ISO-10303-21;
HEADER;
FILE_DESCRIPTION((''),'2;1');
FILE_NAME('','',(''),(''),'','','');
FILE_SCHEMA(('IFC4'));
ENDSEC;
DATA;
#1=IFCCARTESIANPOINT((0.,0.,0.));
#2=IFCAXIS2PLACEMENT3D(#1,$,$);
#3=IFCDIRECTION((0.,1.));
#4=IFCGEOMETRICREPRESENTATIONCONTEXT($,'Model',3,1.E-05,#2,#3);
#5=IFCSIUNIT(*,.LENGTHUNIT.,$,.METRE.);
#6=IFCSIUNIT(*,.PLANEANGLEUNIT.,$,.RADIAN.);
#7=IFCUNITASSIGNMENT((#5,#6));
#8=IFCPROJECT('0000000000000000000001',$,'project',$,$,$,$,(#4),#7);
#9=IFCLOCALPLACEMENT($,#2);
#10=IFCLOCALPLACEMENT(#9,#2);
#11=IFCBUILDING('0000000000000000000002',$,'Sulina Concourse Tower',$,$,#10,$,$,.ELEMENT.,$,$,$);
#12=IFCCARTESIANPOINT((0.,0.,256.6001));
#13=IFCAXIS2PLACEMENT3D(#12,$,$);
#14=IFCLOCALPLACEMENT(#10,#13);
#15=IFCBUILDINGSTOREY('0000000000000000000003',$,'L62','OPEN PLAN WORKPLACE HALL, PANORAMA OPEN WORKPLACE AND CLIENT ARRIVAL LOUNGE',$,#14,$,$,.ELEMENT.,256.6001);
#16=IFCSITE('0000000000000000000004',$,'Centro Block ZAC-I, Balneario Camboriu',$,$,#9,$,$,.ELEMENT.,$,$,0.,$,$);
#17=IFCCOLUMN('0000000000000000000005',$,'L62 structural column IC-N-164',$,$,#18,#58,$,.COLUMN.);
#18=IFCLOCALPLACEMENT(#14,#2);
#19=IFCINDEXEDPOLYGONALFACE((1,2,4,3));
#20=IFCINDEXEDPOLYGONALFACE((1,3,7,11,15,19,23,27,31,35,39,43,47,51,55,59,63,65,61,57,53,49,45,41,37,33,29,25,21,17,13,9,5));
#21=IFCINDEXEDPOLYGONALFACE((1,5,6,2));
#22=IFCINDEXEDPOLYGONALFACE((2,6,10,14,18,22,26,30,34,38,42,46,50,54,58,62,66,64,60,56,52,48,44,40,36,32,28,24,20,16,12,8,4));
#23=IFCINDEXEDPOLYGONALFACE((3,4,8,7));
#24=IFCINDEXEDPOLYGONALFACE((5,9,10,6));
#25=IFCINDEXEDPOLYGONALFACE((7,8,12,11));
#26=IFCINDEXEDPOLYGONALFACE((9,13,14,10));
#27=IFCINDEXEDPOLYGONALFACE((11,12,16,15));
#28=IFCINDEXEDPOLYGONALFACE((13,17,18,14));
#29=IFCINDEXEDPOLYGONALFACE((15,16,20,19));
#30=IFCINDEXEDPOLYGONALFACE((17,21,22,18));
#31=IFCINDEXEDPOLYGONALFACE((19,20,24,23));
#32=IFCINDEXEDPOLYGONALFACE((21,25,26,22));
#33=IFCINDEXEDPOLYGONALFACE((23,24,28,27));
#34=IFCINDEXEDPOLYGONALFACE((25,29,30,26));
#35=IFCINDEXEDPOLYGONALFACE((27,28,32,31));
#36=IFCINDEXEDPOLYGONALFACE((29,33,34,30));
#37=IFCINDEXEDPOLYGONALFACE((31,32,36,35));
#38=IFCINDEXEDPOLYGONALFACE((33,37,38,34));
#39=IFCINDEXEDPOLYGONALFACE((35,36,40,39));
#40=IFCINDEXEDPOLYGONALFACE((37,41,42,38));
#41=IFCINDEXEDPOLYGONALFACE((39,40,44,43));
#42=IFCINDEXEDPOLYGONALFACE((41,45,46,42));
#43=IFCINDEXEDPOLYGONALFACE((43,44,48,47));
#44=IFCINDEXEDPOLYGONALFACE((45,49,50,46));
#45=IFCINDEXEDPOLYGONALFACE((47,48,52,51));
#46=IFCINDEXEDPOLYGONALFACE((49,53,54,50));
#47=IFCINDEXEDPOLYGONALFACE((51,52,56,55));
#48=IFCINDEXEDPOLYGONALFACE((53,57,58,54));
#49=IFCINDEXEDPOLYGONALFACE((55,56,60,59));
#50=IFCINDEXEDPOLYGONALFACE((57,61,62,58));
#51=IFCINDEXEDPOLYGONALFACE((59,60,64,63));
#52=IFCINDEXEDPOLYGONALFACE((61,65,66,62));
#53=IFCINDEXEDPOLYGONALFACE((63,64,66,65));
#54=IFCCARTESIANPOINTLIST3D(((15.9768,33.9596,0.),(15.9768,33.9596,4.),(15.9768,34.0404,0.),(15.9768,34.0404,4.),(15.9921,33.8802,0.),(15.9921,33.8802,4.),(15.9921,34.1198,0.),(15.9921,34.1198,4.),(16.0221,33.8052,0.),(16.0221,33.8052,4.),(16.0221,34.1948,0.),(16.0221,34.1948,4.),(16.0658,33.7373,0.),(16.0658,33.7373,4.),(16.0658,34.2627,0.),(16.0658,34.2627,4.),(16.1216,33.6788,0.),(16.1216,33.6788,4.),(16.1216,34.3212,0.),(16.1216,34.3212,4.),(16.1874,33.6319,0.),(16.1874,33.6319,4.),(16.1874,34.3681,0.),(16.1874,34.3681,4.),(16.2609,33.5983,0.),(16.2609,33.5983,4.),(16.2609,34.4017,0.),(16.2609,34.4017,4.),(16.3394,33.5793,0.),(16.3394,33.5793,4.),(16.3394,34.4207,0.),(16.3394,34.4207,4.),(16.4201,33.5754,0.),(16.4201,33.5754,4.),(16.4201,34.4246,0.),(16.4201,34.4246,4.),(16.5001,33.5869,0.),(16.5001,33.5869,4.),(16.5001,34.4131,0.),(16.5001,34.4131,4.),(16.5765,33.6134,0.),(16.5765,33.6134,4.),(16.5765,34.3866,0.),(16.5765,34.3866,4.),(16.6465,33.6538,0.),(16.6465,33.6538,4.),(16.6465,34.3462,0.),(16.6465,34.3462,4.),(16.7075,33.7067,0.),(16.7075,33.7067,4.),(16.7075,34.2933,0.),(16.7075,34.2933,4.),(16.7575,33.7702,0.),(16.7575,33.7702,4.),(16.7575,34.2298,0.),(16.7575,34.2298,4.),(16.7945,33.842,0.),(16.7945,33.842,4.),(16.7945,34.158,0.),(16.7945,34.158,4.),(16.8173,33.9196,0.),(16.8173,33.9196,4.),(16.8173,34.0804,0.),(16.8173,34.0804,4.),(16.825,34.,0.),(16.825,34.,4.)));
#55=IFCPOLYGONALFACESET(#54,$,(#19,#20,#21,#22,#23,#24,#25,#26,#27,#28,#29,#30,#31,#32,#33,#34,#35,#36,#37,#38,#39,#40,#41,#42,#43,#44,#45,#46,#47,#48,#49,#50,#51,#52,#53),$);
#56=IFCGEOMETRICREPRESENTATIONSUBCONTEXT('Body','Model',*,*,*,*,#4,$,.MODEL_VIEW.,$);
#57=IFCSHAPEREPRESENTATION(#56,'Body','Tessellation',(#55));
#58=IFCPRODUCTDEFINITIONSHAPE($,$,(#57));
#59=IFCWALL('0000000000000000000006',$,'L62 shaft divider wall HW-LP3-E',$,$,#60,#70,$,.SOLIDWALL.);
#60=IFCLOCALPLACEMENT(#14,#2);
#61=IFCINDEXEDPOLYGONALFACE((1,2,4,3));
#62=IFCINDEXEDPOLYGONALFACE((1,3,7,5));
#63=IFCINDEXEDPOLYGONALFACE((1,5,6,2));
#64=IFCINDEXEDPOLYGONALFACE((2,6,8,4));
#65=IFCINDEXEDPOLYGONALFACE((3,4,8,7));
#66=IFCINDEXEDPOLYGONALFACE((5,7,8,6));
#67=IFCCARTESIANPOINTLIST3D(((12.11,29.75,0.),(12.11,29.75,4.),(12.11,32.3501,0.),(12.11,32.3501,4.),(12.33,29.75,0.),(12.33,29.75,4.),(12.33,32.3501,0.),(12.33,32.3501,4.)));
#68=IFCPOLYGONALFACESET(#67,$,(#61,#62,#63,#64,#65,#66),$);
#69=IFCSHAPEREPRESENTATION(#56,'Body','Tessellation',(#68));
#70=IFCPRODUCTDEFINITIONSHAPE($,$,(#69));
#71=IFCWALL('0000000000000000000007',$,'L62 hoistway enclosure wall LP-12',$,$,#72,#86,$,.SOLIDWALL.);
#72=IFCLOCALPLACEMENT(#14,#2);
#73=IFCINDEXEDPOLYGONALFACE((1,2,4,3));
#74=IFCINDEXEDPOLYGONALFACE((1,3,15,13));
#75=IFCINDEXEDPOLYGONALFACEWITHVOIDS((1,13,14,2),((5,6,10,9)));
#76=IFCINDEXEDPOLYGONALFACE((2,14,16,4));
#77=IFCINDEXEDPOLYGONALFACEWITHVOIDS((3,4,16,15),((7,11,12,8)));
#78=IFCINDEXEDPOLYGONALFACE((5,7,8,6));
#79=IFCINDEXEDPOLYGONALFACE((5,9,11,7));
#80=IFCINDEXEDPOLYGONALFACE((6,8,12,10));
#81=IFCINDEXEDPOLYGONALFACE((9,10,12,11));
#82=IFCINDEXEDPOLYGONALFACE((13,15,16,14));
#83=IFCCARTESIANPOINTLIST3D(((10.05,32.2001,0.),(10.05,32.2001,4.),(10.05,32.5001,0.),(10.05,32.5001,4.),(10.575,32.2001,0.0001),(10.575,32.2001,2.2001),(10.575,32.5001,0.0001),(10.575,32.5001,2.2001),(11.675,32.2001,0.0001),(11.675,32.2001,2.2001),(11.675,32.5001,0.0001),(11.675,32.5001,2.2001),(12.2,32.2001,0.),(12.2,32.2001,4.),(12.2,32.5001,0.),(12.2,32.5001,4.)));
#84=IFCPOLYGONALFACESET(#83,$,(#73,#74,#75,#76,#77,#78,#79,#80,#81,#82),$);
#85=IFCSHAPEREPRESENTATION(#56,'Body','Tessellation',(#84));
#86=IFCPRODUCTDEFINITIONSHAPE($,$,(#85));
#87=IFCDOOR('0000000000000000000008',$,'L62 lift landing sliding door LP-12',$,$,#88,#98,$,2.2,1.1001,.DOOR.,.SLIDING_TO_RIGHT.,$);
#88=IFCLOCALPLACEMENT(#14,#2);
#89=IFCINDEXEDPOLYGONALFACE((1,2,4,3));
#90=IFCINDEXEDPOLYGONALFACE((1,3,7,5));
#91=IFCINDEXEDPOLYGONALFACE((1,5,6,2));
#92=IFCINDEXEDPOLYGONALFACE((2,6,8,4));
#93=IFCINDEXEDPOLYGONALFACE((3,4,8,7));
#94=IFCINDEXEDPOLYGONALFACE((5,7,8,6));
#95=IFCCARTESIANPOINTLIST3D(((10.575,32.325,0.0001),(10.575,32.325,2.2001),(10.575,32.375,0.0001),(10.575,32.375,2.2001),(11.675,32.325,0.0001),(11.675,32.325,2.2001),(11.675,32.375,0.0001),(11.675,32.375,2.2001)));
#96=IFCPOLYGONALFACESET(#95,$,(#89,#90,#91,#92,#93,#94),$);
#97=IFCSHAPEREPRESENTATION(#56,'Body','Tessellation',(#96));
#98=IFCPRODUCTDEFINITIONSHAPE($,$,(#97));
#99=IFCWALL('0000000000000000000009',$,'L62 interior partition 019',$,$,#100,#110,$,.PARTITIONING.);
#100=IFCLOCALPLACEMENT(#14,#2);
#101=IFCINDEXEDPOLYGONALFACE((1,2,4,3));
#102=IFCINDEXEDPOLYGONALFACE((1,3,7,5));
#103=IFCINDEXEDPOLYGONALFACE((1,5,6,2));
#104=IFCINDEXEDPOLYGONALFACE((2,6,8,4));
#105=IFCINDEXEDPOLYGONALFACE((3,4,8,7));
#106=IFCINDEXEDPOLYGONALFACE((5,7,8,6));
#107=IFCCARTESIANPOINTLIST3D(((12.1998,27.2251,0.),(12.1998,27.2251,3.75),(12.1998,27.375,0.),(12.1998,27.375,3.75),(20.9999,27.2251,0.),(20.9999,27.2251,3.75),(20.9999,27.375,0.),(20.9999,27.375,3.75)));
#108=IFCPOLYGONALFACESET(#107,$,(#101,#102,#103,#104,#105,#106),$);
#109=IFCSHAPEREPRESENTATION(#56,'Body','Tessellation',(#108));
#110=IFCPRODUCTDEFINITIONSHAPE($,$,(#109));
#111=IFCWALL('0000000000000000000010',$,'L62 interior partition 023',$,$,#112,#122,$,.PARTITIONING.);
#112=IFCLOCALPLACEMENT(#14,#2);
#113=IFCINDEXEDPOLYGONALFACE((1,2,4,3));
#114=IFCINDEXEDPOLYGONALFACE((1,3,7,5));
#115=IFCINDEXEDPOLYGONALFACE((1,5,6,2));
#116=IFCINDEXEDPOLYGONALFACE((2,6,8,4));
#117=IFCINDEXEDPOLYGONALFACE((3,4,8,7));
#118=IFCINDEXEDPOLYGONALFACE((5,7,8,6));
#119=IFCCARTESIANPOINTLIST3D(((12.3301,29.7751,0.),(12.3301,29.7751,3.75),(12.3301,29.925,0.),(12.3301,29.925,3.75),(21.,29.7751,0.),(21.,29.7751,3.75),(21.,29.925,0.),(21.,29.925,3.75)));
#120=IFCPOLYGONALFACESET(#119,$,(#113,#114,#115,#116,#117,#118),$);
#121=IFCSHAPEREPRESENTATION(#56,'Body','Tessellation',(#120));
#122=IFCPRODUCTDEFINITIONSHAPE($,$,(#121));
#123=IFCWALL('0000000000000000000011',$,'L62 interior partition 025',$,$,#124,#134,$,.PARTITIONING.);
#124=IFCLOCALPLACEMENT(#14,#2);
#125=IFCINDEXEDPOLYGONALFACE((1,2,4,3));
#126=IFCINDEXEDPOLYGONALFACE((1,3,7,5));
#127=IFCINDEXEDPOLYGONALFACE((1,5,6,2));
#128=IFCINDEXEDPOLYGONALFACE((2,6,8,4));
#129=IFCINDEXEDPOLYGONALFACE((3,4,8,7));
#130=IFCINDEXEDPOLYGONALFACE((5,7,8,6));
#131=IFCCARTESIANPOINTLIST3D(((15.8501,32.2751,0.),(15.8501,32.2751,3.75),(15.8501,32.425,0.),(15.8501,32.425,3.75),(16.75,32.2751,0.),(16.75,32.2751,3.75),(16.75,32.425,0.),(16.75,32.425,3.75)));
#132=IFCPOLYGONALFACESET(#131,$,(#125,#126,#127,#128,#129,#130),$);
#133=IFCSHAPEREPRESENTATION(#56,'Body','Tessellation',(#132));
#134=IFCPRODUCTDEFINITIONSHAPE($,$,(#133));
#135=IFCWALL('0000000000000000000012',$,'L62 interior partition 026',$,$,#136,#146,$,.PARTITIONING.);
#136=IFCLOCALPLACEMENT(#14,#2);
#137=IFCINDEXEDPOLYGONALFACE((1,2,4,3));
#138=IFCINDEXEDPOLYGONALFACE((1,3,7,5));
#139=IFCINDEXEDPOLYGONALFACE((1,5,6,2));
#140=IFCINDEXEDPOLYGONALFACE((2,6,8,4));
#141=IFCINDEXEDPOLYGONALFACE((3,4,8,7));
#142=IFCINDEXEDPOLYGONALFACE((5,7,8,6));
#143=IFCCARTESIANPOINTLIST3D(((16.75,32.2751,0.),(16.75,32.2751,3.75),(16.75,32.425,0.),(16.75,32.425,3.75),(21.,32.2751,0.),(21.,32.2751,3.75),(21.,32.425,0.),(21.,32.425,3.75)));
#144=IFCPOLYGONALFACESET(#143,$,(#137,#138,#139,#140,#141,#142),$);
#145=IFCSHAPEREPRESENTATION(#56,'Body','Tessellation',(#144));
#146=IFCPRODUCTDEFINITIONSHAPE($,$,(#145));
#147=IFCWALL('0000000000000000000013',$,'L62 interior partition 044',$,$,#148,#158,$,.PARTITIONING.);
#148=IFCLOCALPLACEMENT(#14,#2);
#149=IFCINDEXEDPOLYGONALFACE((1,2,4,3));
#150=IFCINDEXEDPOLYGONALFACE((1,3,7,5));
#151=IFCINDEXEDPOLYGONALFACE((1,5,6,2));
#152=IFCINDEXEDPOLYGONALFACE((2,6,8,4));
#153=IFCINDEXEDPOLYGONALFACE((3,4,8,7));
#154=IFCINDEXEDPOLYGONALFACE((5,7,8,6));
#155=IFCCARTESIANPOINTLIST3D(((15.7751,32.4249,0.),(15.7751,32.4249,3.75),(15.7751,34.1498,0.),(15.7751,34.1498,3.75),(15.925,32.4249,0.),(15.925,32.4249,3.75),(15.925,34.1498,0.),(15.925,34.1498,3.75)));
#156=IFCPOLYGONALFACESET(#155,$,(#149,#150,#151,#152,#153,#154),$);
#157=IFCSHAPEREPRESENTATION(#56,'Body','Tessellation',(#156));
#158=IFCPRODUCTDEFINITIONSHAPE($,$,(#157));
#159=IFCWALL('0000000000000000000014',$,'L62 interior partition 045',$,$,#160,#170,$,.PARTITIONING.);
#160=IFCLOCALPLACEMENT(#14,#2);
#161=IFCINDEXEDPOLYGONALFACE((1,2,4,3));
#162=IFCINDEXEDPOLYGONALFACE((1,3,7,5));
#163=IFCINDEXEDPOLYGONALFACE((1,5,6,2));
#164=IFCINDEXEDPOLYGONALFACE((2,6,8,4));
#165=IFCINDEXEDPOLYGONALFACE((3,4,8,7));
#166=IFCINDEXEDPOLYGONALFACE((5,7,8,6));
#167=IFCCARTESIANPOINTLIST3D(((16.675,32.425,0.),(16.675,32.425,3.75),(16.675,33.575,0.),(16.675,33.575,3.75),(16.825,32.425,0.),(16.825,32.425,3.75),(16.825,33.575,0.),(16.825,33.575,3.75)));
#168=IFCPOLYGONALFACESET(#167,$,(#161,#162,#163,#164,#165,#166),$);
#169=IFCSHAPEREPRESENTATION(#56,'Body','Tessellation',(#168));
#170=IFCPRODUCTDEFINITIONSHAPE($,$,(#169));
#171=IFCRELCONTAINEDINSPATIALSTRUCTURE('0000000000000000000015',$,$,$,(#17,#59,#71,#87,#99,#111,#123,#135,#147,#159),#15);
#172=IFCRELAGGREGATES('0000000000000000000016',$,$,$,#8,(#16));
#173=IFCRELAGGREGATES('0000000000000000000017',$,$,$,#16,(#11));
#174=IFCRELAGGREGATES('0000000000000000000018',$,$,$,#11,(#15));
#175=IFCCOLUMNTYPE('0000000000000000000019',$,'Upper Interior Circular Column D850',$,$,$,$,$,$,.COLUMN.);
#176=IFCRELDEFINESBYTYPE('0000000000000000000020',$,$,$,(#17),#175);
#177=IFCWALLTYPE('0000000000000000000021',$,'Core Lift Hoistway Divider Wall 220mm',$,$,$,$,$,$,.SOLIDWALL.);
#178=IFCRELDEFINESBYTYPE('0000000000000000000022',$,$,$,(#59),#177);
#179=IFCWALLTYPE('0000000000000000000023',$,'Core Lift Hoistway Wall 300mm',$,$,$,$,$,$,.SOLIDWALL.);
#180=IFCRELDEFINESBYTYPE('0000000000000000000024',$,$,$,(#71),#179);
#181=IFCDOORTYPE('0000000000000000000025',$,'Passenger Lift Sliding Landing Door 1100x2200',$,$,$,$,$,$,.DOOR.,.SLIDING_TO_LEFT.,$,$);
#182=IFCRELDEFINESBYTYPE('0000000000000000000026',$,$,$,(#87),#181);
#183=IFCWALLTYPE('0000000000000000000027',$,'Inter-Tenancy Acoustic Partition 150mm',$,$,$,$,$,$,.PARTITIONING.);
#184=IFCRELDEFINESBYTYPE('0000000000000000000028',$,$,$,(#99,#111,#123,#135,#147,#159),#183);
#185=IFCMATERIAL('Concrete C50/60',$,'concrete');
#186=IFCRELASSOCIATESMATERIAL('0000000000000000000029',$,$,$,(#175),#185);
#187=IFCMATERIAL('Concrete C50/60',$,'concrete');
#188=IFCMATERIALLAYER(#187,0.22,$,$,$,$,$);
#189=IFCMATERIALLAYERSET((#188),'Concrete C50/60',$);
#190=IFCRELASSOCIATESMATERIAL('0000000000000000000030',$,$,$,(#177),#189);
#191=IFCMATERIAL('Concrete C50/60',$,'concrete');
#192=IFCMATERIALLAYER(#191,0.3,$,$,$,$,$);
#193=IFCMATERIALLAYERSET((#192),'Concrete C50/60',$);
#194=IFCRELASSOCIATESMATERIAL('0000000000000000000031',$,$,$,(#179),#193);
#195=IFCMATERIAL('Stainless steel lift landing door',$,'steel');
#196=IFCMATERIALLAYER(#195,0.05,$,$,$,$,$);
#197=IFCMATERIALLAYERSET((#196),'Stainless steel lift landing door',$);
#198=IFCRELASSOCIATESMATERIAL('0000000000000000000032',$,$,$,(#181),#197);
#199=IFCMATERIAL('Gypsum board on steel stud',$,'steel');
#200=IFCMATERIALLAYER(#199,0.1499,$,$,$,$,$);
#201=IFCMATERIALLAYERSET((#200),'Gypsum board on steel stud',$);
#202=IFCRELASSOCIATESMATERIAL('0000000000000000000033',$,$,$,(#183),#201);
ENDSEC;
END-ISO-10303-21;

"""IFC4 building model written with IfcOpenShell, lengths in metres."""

from ifc_helpers import new_model, si_unit, direction, frame, frame_2d, origin, origin_2d, place, context, subcontext, project, spatial, rectangle, circle, extrude, material, layer, layer_set, material_profile, profile_set, type_object, element, fill, save


model = new_model("IFC4")

# Units and contexts
model_context = context("Model", 3, precision=1e-05, world=origin(), true_north=direction((0.0, 1.0)))
body_context = subcontext(model_context, "Body", "Model", "MODEL_VIEW")
ifc_project = project(units=[si_unit("LENGTHUNIT", "METRE"), si_unit("PLANEANGLEUNIT", "RADIAN")], contexts=[model_context])

# Site, building, storey
site_placement = place(None, origin())
site = spatial("IfcSite", under=ifc_project, at=site_placement, Name="Centro Block ZAC-I, Balneario Camboriu", CompositionType="ELEMENT", RefElevation=0.0)
building_placement = place(site_placement, origin())
building = spatial("IfcBuilding", under=site, at=building_placement, Name="Sulina Concourse Tower", CompositionType="ELEMENT")
storey_placement = place(building_placement, frame((0.0, 0.0, 256.6001)))
storey = spatial("IfcBuildingStorey", under=building, at=storey_placement, Name="L62", Description="OPEN PLAN WORKPLACE HALL, PANORAMA OPEN WORKPLACE AND CLIENT ARRIVAL LOUNGE", CompositionType="ELEMENT", Elevation=256.6001)

# Column
ifc_material_1 = material(Name="Concrete C50/60", Category="concrete")
ifc_material_profile = material_profile(ifc_material_1, circle(Radius=0.425, at=origin_2d()), Name="RC D850")
ifc_profile_set = profile_set([ifc_material_profile], Name="Concrete C50/60")
column_type = type_object("IfcColumnType", Name="Upper Interior Circular Column D850", PredefinedType="COLUMN", material=ifc_profile_set)
column_placement = place(storey_placement, frame((16.3999, 34.0, 0.0), z_axis=(0.0, 0.0, 1.0), x_axis=(1.0, 0.0, 0.0)))
element("IfcColumn", 1, at=column_placement, inside=storey, type_object=column_type, Name="L62 structural column IC-N-164", PredefinedType="COLUMN", context=body_context, shape_type="SweptSolid", body=[
    extrude(circle(Radius=0.425, at=origin_2d()), origin(), (0.0, 0.0, 1.0), 4.0),
])

# Wall
ifc_material_2 = material(Name="Concrete C50/60", Category="concrete")
ifc_layer_1 = layer(ifc_material_2, 0.22)
ifc_layer_set_1 = layer_set([ifc_layer_1], Name="Concrete C50/60")
wall_type_1 = type_object("IfcWallType", Name="Core Lift Hoistway Divider Wall 220mm", PredefinedType="SOLIDWALL", material=ifc_layer_set_1)
wall_1_placement = place(storey_placement, frame((12.22, 29.75, 0.0), z_axis=(0.0, 0.0, 1.0), x_axis=(0.0, 1.0, 0.0)))
element("IfcWall", 2, at=wall_1_placement, inside=storey, type_object=wall_type_1, Name="L62 shaft divider wall HW-LP3-E", PredefinedType="SOLIDWALL", context=body_context, shape_type="SweptSolid", body=[
    extrude(rectangle(XDim=2.6001, YDim=0.22, at=frame_2d((1.3, 0.0))), origin(), (0.0, 0.0, 1.0), 4.0),
])

# Wall, opening, door
ifc_material_3 = material(Name="Concrete C50/60", Category="concrete")
ifc_layer_2 = layer(ifc_material_3, 0.3)
ifc_layer_set_2 = layer_set([ifc_layer_2], Name="Concrete C50/60")
wall_type_2 = type_object("IfcWallType", Name="Core Lift Hoistway Wall 300mm", PredefinedType="SOLIDWALL", material=ifc_layer_set_2)
wall_2_placement = place(storey_placement, frame((10.05, 32.3501, 0.0), z_axis=(0.0, 0.0, 1.0), x_axis=(1.0, 0.0, 0.0)))
wall_2 = element("IfcWall", 3, at=wall_2_placement, inside=storey, type_object=wall_type_2, Name="L62 hoistway enclosure wall LP-12", PredefinedType="SOLIDWALL", context=body_context, shape_type="SweptSolid", body=[
    extrude(rectangle(XDim=2.1499, YDim=0.3, at=frame_2d((1.075, 0.0))), origin(), (0.0, 0.0, 1.0), 4.0),
])
opening_1_placement = place(wall_2_placement, frame((0.5249, 0.0, 0.0)))
opening_1 = element("IfcOpeningElement", 4, at=opening_1_placement, cuts=wall_2, PredefinedType="OPENING", context=body_context, shape_type="SweptSolid", body=[
    extrude(rectangle(XDim=1.1001, YDim=2.2, at=frame_2d((0.55, 1.1001))), frame((0.0, 0.1599, 0.0), z_axis=(0.0, -1.0, 0.0), x_axis=(1.0, 0.0, 0.0)), (0.0, 0.0, 1.0), 0.3201),
])
ifc_material_4 = material(Name="Stainless steel lift landing door", Category="steel")
ifc_layer_3 = layer(ifc_material_4, 0.05)
ifc_layer_set_3 = layer_set([ifc_layer_3], Name="Stainless steel lift landing door")
door_type_1 = type_object("IfcDoorType", Name="Passenger Lift Sliding Landing Door 1100x2200", OperationType="SLIDING_TO_LEFT", PredefinedType="DOOR", material=ifc_layer_set_3)
door_1_placement = place(opening_1_placement, origin())
door_1 = element("IfcDoor", 5, at=door_1_placement, inside=storey, type_object=door_type_1, Name="L62 lift landing sliding door LP-12", OperationType="SLIDING_TO_RIGHT", OverallHeight=2.2, OverallWidth=1.1001, PredefinedType="DOOR", context=body_context, shape_type="SweptSolid", body=[
    extrude(rectangle(XDim=1.1001, YDim=2.2, at=frame_2d((0.55, 1.1001))), frame((0.0, 0.0249, 0.0), z_axis=(0.0, -1.0, 0.0), x_axis=(1.0, 0.0, 0.0)), (0.0, 0.0, 1.0), 0.05),
])
fill(opening_1, door_1)

# Walls
ifc_material_5 = material(Name="Gypsum board on steel stud", Category="steel")
ifc_layer_4 = layer(ifc_material_5, 0.1499)
ifc_layer_set_4 = layer_set([ifc_layer_4], Name="Gypsum board on steel stud")
wall_type_3 = type_object("IfcWallType", Name="Inter-Tenancy Acoustic Partition 150mm", PredefinedType="PARTITIONING", material=ifc_layer_set_4)
wall_3_placement = place(storey_placement, frame((12.2, 27.3, 0.0), z_axis=(0.0, 0.0, 1.0), x_axis=(1.0, 0.0, 0.0)))
element("IfcWall", 6, at=wall_3_placement, inside=storey, type_object=wall_type_3, Name="L62 interior partition 019", PredefinedType="PARTITIONING", context=body_context, shape_type="SweptSolid", body=[
    extrude(rectangle(XDim=8.8, YDim=0.1499, at=frame_2d((4.3999, 0.0))), origin(), (0.0, 0.0, 1.0), 3.75),
])
wall_4_placement = place(storey_placement, frame((12.3301, 29.8501, 0.0), z_axis=(0.0, 0.0, 1.0), x_axis=(1.0, 0.0, 0.0)))
element("IfcWall", 7, at=wall_4_placement, inside=storey, type_object=wall_type_3, Name="L62 interior partition 023", PredefinedType="PARTITIONING", context=body_context, shape_type="SweptSolid", body=[
    extrude(rectangle(XDim=8.6699, YDim=0.1499, at=frame_2d((4.335, 0.0))), origin(), (0.0, 0.0, 1.0), 3.75),
])

# Walls
wall_5_placement = place(storey_placement, frame((15.8501, 32.3501, 0.0), z_axis=(0.0, 0.0, 1.0), x_axis=(1.0, 0.0, 0.0)))
element("IfcWall", 8, at=wall_5_placement, inside=storey, type_object=wall_type_3, Name="L62 interior partition 025", PredefinedType="PARTITIONING", context=body_context, shape_type="SweptSolid", body=[
    extrude(rectangle(XDim=0.8999, YDim=0.1499, at=frame_2d((0.45, 0.0))), origin(), (0.0, 0.0, 1.0), 3.75),
])
wall_6_placement = place(storey_placement, frame((16.75, 32.3501, 0.0), z_axis=(0.0, 0.0, 1.0), x_axis=(1.0, 0.0, 0.0)))
element("IfcWall", 9, at=wall_6_placement, inside=storey, type_object=wall_type_3, Name="L62 interior partition 026", PredefinedType="PARTITIONING", context=body_context, shape_type="SweptSolid", body=[
    extrude(rectangle(XDim=4.25, YDim=0.1499, at=frame_2d((2.125, 0.0))), origin(), (0.0, 0.0, 1.0), 3.75),
])
wall_7_placement = place(storey_placement, frame((15.8501, 32.425, 0.0), z_axis=(0.0, 0.0, 1.0), x_axis=(0.0, 1.0, 0.0)))
element("IfcWall", 10, at=wall_7_placement, inside=storey, type_object=wall_type_3, Name="L62 interior partition 044", PredefinedType="PARTITIONING", context=body_context, shape_type="SweptSolid", body=[
    extrude(rectangle(XDim=1.7249, YDim=0.1499, at=frame_2d((0.8623, 0.0))), origin(), (0.0, 0.0, 1.0), 3.75),
])
wall_8_placement = place(storey_placement, frame((16.75, 32.425, 0.0), z_axis=(0.0, 0.0, 1.0), x_axis=(0.0, 1.0, 0.0)))
element("IfcWall", 11, at=wall_8_placement, inside=storey, type_object=wall_type_3, Name="L62 interior partition 045", PredefinedType="PARTITIONING", context=body_context, shape_type="SweptSolid", body=[
    extrude(rectangle(XDim=1.1499, YDim=0.1499, at=frame_2d((0.575, 0.0))), origin(), (0.0, 0.0, 1.0), 3.75),
])

save(model, "model.ifc")
